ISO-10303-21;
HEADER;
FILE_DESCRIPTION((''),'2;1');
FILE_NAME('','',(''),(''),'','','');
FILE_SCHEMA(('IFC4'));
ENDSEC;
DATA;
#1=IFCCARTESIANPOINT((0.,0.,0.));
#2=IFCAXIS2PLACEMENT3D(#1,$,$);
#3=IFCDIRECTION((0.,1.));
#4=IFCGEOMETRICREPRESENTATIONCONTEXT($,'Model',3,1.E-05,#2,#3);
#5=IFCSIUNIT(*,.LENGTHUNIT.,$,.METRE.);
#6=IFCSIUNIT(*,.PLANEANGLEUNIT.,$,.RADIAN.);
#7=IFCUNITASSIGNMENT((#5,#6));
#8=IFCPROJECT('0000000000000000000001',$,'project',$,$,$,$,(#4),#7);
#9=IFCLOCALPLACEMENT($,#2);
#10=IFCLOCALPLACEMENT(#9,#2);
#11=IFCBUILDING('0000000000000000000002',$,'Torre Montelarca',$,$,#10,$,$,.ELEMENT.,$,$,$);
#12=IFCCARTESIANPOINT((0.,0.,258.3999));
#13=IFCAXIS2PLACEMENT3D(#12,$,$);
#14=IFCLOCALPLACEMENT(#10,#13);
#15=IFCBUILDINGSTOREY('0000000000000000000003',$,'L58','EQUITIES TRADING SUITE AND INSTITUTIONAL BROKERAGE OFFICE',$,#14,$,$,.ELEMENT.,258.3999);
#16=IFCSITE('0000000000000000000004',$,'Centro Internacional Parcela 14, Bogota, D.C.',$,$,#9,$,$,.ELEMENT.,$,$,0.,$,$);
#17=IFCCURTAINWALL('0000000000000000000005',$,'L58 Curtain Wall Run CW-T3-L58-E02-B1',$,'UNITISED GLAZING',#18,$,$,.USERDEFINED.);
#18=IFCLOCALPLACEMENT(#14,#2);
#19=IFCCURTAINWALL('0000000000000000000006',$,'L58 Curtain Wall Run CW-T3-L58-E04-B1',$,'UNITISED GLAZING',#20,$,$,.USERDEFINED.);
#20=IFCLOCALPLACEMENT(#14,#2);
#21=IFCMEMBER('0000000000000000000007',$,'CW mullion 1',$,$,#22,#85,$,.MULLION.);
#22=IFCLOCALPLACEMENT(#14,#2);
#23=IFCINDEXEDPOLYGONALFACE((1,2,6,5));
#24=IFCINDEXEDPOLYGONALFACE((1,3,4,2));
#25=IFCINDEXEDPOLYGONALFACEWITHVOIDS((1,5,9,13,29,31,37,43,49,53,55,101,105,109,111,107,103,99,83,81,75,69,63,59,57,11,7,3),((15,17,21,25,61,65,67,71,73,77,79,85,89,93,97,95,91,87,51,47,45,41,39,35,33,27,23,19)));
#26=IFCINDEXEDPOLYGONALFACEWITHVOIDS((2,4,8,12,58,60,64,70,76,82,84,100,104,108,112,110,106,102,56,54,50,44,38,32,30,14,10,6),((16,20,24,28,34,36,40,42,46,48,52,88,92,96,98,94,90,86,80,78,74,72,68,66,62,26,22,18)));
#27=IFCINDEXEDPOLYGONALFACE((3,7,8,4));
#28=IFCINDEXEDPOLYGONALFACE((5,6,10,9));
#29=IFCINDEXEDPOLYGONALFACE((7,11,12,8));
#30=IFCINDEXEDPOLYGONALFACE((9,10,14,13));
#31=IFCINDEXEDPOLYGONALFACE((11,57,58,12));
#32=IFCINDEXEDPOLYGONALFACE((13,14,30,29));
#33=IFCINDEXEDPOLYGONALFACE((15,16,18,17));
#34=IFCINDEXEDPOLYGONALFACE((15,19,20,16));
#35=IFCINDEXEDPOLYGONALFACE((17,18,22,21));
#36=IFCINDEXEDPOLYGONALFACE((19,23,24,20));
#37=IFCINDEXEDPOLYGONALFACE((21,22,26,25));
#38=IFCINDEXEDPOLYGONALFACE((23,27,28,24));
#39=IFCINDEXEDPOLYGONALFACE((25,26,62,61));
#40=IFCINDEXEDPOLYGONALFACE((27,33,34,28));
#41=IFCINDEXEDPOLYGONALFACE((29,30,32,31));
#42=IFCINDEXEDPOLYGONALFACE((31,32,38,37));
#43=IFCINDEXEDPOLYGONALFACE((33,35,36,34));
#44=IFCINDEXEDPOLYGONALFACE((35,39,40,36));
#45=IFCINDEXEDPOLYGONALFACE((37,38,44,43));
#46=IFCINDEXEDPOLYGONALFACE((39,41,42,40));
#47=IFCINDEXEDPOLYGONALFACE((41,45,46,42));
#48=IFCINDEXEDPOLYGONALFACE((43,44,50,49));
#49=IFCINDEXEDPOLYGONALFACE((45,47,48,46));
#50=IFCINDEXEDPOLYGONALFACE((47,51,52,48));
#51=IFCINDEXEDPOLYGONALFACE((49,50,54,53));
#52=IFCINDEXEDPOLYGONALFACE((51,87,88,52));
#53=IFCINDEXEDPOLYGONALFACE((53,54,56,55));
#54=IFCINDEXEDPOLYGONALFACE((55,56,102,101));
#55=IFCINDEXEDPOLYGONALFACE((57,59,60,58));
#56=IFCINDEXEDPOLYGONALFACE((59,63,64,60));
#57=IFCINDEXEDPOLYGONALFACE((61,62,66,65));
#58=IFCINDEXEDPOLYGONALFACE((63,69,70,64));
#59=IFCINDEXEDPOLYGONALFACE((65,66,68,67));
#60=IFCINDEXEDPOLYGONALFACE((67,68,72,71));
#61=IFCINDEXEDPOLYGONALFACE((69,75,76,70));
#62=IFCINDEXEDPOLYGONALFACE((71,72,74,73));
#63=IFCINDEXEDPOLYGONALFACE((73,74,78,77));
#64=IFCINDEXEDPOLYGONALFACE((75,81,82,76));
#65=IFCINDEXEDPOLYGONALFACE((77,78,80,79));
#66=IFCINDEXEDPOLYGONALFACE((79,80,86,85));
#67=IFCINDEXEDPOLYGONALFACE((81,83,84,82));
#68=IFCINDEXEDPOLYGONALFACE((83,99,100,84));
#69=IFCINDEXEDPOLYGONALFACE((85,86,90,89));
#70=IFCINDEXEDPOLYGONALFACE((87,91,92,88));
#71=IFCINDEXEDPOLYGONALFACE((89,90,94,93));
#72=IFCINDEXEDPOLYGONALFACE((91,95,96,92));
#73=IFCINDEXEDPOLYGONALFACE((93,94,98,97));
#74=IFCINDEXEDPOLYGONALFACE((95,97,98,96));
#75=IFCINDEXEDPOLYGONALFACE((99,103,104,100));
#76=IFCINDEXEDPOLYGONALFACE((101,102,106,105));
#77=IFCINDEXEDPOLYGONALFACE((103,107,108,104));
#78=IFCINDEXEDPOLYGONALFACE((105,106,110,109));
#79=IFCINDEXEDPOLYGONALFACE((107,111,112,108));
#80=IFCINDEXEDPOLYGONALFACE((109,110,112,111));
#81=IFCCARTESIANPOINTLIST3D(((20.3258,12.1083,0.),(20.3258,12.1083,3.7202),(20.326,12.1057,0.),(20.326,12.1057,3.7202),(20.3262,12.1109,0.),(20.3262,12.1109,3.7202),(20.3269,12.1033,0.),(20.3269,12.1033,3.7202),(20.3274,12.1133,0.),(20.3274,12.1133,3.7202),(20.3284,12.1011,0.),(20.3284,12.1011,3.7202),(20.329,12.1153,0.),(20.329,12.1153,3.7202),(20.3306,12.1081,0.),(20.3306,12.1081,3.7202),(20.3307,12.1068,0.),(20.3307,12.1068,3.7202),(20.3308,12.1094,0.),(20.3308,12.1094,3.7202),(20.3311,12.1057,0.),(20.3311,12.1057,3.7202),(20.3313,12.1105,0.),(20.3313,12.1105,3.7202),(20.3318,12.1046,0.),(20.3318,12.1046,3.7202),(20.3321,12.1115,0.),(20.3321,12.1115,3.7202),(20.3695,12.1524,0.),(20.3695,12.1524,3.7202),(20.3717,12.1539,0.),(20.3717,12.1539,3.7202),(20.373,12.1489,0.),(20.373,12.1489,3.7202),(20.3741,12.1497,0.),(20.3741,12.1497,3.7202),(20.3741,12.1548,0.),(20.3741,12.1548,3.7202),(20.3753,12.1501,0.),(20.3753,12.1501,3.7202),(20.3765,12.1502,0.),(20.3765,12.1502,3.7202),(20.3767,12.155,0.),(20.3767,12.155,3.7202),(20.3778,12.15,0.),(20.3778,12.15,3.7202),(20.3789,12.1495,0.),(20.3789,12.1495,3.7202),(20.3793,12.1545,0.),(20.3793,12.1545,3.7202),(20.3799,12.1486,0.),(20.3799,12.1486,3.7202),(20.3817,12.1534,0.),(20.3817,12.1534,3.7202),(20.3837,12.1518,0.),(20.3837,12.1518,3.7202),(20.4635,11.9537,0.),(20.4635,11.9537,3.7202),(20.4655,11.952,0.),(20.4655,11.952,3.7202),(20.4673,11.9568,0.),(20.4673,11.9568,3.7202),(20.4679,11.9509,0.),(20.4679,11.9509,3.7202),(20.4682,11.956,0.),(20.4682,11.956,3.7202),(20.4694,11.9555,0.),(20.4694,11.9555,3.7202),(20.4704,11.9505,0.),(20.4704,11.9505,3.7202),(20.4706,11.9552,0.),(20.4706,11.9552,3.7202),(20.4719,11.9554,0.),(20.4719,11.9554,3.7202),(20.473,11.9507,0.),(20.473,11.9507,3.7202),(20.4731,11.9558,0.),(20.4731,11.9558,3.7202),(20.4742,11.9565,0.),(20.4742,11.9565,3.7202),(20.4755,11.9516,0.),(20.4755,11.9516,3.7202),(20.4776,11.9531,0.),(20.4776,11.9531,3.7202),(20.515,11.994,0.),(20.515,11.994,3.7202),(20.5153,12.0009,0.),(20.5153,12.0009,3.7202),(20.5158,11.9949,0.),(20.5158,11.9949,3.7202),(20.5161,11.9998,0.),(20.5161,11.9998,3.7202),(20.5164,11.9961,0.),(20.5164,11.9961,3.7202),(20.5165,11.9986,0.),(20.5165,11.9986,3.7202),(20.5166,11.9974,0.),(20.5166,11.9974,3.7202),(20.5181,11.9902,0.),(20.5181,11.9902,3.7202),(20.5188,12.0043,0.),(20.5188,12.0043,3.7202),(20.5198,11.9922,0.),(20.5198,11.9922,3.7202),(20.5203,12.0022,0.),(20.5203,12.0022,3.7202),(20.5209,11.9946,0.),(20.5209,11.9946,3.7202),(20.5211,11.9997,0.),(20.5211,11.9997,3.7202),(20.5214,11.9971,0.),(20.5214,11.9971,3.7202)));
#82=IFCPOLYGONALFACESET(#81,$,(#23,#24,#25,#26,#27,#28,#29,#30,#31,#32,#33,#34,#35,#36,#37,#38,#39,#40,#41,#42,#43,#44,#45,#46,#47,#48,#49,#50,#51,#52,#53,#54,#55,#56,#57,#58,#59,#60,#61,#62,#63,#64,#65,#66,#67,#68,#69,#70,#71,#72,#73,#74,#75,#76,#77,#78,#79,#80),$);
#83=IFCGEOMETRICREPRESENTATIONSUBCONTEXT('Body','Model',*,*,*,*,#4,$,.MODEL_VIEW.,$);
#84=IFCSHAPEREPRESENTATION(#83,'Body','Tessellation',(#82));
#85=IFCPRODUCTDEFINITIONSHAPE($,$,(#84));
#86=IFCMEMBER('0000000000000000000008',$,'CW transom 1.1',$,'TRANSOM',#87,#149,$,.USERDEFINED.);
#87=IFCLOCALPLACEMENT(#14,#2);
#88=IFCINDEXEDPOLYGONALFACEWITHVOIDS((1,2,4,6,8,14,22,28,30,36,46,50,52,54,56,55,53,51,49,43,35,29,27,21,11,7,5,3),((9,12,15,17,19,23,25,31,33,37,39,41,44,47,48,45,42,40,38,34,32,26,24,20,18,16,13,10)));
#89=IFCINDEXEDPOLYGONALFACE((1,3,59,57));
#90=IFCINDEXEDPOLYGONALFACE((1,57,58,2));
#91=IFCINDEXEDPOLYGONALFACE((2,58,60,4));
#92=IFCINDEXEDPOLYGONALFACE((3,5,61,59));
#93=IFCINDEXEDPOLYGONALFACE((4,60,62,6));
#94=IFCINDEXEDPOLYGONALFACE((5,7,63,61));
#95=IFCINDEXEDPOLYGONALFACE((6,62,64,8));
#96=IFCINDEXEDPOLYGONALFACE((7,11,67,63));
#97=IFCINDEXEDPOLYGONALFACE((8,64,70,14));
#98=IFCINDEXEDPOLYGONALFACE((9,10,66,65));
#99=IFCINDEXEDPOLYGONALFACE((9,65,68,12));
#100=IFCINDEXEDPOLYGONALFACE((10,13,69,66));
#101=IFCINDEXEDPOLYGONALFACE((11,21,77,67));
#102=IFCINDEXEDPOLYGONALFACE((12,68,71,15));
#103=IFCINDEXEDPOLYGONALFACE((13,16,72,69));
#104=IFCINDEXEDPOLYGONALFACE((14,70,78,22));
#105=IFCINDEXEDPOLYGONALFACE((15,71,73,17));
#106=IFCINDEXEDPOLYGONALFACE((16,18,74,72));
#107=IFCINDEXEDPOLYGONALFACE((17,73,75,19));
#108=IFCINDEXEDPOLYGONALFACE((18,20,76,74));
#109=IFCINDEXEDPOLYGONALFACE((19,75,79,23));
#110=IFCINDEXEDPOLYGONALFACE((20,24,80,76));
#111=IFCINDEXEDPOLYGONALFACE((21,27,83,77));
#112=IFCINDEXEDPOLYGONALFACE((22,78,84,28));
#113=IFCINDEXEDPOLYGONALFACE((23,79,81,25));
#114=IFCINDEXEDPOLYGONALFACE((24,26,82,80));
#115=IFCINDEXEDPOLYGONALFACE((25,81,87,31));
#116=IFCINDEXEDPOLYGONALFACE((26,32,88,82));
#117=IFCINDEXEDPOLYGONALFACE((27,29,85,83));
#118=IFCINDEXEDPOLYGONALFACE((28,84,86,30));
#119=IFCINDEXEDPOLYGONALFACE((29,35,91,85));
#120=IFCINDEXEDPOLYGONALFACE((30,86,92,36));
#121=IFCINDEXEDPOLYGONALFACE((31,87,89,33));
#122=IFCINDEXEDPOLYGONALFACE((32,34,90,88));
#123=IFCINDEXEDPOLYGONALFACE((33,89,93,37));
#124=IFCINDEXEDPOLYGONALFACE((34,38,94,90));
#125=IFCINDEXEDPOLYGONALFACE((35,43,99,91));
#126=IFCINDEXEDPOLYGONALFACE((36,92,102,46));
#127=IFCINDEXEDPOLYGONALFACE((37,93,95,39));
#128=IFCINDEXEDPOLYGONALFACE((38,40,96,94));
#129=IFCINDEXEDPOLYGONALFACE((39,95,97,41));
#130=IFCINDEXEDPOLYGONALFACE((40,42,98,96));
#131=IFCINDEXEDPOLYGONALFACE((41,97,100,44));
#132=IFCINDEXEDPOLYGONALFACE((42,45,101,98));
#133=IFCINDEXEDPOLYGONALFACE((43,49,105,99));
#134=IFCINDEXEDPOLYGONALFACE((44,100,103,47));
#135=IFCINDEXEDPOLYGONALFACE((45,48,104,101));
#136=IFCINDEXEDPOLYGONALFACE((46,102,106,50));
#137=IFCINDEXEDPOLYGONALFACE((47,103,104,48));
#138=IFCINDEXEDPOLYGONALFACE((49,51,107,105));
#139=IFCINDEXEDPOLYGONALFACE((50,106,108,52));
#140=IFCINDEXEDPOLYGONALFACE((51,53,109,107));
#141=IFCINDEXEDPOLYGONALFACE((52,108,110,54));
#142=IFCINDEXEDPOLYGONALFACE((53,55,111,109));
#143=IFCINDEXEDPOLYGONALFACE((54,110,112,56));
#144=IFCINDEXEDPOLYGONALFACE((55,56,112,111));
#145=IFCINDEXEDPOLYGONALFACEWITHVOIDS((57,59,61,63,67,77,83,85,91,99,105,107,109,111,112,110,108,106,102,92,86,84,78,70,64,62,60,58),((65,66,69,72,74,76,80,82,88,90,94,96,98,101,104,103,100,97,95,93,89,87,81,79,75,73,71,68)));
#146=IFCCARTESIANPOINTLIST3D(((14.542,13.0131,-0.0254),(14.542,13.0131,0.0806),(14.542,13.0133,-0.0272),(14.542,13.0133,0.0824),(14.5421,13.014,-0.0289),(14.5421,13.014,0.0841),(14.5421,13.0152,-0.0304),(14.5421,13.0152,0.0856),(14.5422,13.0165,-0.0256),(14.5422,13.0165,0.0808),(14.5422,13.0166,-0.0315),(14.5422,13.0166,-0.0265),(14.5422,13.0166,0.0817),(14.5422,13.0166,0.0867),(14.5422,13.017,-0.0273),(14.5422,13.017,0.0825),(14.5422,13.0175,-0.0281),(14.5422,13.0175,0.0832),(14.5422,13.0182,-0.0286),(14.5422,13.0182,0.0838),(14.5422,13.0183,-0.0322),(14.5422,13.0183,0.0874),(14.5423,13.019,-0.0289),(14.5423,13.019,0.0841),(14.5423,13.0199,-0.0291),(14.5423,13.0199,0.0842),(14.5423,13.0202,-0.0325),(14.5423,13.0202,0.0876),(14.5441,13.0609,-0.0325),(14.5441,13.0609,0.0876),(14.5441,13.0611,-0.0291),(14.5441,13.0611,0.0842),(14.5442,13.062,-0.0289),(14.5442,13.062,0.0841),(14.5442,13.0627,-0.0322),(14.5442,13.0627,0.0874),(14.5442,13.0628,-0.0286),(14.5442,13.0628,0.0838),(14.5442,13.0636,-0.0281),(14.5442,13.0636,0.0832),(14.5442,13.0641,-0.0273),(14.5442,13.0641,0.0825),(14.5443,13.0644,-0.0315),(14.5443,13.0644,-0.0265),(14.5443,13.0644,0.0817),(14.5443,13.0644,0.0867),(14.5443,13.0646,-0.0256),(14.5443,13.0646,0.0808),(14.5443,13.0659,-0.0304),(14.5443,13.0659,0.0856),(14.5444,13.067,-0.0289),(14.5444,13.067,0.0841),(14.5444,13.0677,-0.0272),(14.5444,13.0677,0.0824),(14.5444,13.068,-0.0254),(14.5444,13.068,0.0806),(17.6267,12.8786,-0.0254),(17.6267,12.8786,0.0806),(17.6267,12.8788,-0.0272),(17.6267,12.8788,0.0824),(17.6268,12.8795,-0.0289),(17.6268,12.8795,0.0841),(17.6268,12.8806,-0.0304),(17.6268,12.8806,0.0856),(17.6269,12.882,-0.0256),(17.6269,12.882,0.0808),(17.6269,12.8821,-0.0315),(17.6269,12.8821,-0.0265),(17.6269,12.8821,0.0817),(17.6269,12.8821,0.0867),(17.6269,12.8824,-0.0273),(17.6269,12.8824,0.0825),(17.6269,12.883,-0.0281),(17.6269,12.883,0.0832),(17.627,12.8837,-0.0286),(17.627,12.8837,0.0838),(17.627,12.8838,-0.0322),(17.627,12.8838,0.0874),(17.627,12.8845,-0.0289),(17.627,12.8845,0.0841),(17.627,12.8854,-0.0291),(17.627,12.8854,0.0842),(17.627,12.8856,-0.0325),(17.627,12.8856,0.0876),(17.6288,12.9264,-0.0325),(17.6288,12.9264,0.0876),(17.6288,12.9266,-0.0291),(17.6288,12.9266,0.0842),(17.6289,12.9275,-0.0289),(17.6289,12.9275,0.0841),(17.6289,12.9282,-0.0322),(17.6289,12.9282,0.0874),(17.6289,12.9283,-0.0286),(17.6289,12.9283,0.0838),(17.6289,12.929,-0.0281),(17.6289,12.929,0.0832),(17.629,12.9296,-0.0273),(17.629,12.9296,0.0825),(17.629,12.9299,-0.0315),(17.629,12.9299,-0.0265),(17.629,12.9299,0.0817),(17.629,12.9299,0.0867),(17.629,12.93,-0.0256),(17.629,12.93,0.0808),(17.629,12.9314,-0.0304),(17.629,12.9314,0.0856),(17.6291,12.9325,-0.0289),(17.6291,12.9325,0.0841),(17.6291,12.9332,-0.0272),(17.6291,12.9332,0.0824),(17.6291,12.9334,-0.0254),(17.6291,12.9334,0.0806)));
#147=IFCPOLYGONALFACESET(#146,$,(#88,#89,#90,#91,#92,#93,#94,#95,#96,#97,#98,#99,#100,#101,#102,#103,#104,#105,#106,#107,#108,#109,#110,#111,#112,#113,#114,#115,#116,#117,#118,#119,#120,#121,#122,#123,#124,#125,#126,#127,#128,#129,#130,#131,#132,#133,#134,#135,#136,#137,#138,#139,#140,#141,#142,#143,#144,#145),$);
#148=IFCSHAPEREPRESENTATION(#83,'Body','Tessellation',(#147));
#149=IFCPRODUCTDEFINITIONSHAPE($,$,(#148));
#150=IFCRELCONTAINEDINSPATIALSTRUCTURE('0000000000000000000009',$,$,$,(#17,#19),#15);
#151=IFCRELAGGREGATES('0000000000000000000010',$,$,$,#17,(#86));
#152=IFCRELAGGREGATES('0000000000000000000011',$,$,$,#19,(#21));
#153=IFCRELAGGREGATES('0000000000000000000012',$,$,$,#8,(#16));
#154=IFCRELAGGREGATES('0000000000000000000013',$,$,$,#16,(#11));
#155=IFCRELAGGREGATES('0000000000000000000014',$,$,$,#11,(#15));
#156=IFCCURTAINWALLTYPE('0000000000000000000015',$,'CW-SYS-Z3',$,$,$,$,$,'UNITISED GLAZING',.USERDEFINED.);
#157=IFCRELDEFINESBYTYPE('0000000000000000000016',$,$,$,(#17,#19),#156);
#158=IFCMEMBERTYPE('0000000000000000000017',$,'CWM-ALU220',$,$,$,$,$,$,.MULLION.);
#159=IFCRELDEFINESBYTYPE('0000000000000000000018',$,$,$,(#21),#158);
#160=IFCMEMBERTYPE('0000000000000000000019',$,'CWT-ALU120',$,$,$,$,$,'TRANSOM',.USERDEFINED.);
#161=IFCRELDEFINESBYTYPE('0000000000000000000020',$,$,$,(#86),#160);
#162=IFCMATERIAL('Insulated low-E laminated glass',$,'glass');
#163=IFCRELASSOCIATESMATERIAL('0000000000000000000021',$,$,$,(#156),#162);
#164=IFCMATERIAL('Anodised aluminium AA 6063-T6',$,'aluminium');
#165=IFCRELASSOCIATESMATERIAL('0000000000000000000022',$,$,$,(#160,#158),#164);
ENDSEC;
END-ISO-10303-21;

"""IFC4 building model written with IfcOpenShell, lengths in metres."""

from ifc_helpers import new_model, si_unit, direction, frame, origin, origin_2d, place, context, subcontext, project, spatial, hollow_rectangle, extrude, source, transform, mapped, material, material_profile, profile_set, type_object, element, aggregate, save


model = new_model("IFC4")

# Units and contexts
model_context = context("Model", 3, precision=1e-05, world=origin(), true_north=direction((0.0, 1.0)))
body_context = subcontext(model_context, "Body", "Model", "MODEL_VIEW")
ifc_project = project(units=[si_unit("LENGTHUNIT", "METRE"), si_unit("PLANEANGLEUNIT", "RADIAN")], contexts=[model_context])

# Site, building, storey
site_placement = place(None, origin())
site = spatial("IfcSite", under=ifc_project, at=site_placement, Name="Centro Internacional Parcela 14, Bogota, D.C.", CompositionType="ELEMENT", RefElevation=0.0)
building_placement = place(site_placement, origin())
building = spatial("IfcBuilding", under=site, at=building_placement, Name="Torre Montelarca", CompositionType="ELEMENT")
storey_placement = place(building_placement, frame((0.0, 0.0, 258.3999)))
storey = spatial("IfcBuildingStorey", under=building, at=storey_placement, Name="L58", Description="EQUITIES TRADING SUITE AND INSTITUTIONAL BROKERAGE OFFICE", CompositionType="ELEMENT", Elevation=258.3999)

# Curtain wall
ifc_material_1 = material(Name="Insulated low-E laminated glass", Category="glass")
curtain_wall_type = type_object("IfcCurtainWallType", Name="CW-SYS-Z3", ElementType="UNITISED GLAZING", PredefinedType="USERDEFINED", material=ifc_material_1)
curtain_wall_1_placement = place(storey_placement, origin())
curtain_wall_1 = element("IfcCurtainWall", 1, at=curtain_wall_1_placement, inside=storey, type_object=curtain_wall_type, Name="L58 Curtain Wall Run CW-T3-L58-E02-B1", ObjectType="UNITISED GLAZING", PredefinedType="USERDEFINED")
ifc_material_2 = material(Name="Anodised aluminium AA 6063-T6", Category="aluminium")
ifc_material_profile_1 = material_profile(ifc_material_2, hollow_rectangle(XDim=0.0549, YDim=0.1201, WallThickness=0.0034, InnerFilletRadius=0.0034, OuterFilletRadius=0.0071, at=origin_2d()), Name="ALU55X120X3.5", Category="aluminium")
ifc_profile_set_1 = profile_set([ifc_material_profile_1], Name="Anodised aluminium AA 6063-T6")
member_type_1 = type_object("IfcMemberType", Name="CWT-ALU120", ElementType="TRANSOM", PredefinedType="USERDEFINED", material=ifc_profile_set_1)

# Shared definitions
ifc_material_profile_2 = material_profile(ifc_material_2, hollow_rectangle(XDim=0.075, YDim=0.22, WallThickness=0.0049, InnerFilletRadius=0.0049, OuterFilletRadius=0.01, at=origin_2d()), Name="ALU75X220X5", Category="aluminium")
ifc_profile_set_2 = profile_set([ifc_material_profile_2], Name="Anodised aluminium AA 6063-T6")
member_type_2 = type_object("IfcMemberType", Name="CWM-ALU220", PredefinedType="MULLION", material=ifc_profile_set_2)
shared_shape_1 = source(origin(), body_context, "Body", "SweptSolid", [
    extrude(hollow_rectangle(XDim=0.075, YDim=0.22, WallThickness=0.0049, InnerFilletRadius=0.0049, OuterFilletRadius=0.01, at=origin_2d()), origin(), (0.0, 0.0, 1.0), 3.7202),
])

# Curtain wall, member
curtain_wall_2_placement = place(storey_placement, origin())
curtain_wall_2 = element("IfcCurtainWall", 2, at=curtain_wall_2_placement, inside=storey, type_object=curtain_wall_type, Name="L58 Curtain Wall Run CW-T3-L58-E04-B1", ObjectType="UNITISED GLAZING", PredefinedType="USERDEFINED")
member_1_placement = place(storey_placement, frame((20.4236, 12.0527, 0.0), z_axis=(0.0, 0.0, 1.0), x_axis=(0.737293, 0.675573, 0.0)))
member_1 = element("IfcMember", 3, at=member_1_placement, type_object=member_type_2, Name="CW mullion 1", PredefinedType="MULLION", context=body_context, shape_type="MappedRepresentation", body=[
    mapped(shared_shape_1, transform((0.0, 0.0, 0.0), scale=1.0)),
])

# Member
shared_shape_2 = source(origin(), body_context, "Body", "SweptSolid", [
    extrude(hollow_rectangle(XDim=0.0549, YDim=0.1201, WallThickness=0.0034, InnerFilletRadius=0.0034, OuterFilletRadius=0.0071, at=origin_2d()), origin(), (0.0, 0.0, 1.0), 3.0876),
])
member_2_placement = place(storey_placement, frame((14.5432, 13.0405, 0.0276), z_axis=(0.99905, -0.043568, 0.0), x_axis=(0.043568, 0.99905, 0.0)))
member_2 = element("IfcMember", 4, at=member_2_placement, type_object=member_type_1, Name="CW transom 1.1", ObjectType="TRANSOM", PredefinedType="USERDEFINED", context=body_context, shape_type="MappedRepresentation", body=[
    mapped(shared_shape_2, transform((0.0, 0.0, 0.0), scale=1.0)),
])

aggregate(curtain_wall_1, [member_2])
aggregate(curtain_wall_2, [member_1])

save(model, "model.ifc")
